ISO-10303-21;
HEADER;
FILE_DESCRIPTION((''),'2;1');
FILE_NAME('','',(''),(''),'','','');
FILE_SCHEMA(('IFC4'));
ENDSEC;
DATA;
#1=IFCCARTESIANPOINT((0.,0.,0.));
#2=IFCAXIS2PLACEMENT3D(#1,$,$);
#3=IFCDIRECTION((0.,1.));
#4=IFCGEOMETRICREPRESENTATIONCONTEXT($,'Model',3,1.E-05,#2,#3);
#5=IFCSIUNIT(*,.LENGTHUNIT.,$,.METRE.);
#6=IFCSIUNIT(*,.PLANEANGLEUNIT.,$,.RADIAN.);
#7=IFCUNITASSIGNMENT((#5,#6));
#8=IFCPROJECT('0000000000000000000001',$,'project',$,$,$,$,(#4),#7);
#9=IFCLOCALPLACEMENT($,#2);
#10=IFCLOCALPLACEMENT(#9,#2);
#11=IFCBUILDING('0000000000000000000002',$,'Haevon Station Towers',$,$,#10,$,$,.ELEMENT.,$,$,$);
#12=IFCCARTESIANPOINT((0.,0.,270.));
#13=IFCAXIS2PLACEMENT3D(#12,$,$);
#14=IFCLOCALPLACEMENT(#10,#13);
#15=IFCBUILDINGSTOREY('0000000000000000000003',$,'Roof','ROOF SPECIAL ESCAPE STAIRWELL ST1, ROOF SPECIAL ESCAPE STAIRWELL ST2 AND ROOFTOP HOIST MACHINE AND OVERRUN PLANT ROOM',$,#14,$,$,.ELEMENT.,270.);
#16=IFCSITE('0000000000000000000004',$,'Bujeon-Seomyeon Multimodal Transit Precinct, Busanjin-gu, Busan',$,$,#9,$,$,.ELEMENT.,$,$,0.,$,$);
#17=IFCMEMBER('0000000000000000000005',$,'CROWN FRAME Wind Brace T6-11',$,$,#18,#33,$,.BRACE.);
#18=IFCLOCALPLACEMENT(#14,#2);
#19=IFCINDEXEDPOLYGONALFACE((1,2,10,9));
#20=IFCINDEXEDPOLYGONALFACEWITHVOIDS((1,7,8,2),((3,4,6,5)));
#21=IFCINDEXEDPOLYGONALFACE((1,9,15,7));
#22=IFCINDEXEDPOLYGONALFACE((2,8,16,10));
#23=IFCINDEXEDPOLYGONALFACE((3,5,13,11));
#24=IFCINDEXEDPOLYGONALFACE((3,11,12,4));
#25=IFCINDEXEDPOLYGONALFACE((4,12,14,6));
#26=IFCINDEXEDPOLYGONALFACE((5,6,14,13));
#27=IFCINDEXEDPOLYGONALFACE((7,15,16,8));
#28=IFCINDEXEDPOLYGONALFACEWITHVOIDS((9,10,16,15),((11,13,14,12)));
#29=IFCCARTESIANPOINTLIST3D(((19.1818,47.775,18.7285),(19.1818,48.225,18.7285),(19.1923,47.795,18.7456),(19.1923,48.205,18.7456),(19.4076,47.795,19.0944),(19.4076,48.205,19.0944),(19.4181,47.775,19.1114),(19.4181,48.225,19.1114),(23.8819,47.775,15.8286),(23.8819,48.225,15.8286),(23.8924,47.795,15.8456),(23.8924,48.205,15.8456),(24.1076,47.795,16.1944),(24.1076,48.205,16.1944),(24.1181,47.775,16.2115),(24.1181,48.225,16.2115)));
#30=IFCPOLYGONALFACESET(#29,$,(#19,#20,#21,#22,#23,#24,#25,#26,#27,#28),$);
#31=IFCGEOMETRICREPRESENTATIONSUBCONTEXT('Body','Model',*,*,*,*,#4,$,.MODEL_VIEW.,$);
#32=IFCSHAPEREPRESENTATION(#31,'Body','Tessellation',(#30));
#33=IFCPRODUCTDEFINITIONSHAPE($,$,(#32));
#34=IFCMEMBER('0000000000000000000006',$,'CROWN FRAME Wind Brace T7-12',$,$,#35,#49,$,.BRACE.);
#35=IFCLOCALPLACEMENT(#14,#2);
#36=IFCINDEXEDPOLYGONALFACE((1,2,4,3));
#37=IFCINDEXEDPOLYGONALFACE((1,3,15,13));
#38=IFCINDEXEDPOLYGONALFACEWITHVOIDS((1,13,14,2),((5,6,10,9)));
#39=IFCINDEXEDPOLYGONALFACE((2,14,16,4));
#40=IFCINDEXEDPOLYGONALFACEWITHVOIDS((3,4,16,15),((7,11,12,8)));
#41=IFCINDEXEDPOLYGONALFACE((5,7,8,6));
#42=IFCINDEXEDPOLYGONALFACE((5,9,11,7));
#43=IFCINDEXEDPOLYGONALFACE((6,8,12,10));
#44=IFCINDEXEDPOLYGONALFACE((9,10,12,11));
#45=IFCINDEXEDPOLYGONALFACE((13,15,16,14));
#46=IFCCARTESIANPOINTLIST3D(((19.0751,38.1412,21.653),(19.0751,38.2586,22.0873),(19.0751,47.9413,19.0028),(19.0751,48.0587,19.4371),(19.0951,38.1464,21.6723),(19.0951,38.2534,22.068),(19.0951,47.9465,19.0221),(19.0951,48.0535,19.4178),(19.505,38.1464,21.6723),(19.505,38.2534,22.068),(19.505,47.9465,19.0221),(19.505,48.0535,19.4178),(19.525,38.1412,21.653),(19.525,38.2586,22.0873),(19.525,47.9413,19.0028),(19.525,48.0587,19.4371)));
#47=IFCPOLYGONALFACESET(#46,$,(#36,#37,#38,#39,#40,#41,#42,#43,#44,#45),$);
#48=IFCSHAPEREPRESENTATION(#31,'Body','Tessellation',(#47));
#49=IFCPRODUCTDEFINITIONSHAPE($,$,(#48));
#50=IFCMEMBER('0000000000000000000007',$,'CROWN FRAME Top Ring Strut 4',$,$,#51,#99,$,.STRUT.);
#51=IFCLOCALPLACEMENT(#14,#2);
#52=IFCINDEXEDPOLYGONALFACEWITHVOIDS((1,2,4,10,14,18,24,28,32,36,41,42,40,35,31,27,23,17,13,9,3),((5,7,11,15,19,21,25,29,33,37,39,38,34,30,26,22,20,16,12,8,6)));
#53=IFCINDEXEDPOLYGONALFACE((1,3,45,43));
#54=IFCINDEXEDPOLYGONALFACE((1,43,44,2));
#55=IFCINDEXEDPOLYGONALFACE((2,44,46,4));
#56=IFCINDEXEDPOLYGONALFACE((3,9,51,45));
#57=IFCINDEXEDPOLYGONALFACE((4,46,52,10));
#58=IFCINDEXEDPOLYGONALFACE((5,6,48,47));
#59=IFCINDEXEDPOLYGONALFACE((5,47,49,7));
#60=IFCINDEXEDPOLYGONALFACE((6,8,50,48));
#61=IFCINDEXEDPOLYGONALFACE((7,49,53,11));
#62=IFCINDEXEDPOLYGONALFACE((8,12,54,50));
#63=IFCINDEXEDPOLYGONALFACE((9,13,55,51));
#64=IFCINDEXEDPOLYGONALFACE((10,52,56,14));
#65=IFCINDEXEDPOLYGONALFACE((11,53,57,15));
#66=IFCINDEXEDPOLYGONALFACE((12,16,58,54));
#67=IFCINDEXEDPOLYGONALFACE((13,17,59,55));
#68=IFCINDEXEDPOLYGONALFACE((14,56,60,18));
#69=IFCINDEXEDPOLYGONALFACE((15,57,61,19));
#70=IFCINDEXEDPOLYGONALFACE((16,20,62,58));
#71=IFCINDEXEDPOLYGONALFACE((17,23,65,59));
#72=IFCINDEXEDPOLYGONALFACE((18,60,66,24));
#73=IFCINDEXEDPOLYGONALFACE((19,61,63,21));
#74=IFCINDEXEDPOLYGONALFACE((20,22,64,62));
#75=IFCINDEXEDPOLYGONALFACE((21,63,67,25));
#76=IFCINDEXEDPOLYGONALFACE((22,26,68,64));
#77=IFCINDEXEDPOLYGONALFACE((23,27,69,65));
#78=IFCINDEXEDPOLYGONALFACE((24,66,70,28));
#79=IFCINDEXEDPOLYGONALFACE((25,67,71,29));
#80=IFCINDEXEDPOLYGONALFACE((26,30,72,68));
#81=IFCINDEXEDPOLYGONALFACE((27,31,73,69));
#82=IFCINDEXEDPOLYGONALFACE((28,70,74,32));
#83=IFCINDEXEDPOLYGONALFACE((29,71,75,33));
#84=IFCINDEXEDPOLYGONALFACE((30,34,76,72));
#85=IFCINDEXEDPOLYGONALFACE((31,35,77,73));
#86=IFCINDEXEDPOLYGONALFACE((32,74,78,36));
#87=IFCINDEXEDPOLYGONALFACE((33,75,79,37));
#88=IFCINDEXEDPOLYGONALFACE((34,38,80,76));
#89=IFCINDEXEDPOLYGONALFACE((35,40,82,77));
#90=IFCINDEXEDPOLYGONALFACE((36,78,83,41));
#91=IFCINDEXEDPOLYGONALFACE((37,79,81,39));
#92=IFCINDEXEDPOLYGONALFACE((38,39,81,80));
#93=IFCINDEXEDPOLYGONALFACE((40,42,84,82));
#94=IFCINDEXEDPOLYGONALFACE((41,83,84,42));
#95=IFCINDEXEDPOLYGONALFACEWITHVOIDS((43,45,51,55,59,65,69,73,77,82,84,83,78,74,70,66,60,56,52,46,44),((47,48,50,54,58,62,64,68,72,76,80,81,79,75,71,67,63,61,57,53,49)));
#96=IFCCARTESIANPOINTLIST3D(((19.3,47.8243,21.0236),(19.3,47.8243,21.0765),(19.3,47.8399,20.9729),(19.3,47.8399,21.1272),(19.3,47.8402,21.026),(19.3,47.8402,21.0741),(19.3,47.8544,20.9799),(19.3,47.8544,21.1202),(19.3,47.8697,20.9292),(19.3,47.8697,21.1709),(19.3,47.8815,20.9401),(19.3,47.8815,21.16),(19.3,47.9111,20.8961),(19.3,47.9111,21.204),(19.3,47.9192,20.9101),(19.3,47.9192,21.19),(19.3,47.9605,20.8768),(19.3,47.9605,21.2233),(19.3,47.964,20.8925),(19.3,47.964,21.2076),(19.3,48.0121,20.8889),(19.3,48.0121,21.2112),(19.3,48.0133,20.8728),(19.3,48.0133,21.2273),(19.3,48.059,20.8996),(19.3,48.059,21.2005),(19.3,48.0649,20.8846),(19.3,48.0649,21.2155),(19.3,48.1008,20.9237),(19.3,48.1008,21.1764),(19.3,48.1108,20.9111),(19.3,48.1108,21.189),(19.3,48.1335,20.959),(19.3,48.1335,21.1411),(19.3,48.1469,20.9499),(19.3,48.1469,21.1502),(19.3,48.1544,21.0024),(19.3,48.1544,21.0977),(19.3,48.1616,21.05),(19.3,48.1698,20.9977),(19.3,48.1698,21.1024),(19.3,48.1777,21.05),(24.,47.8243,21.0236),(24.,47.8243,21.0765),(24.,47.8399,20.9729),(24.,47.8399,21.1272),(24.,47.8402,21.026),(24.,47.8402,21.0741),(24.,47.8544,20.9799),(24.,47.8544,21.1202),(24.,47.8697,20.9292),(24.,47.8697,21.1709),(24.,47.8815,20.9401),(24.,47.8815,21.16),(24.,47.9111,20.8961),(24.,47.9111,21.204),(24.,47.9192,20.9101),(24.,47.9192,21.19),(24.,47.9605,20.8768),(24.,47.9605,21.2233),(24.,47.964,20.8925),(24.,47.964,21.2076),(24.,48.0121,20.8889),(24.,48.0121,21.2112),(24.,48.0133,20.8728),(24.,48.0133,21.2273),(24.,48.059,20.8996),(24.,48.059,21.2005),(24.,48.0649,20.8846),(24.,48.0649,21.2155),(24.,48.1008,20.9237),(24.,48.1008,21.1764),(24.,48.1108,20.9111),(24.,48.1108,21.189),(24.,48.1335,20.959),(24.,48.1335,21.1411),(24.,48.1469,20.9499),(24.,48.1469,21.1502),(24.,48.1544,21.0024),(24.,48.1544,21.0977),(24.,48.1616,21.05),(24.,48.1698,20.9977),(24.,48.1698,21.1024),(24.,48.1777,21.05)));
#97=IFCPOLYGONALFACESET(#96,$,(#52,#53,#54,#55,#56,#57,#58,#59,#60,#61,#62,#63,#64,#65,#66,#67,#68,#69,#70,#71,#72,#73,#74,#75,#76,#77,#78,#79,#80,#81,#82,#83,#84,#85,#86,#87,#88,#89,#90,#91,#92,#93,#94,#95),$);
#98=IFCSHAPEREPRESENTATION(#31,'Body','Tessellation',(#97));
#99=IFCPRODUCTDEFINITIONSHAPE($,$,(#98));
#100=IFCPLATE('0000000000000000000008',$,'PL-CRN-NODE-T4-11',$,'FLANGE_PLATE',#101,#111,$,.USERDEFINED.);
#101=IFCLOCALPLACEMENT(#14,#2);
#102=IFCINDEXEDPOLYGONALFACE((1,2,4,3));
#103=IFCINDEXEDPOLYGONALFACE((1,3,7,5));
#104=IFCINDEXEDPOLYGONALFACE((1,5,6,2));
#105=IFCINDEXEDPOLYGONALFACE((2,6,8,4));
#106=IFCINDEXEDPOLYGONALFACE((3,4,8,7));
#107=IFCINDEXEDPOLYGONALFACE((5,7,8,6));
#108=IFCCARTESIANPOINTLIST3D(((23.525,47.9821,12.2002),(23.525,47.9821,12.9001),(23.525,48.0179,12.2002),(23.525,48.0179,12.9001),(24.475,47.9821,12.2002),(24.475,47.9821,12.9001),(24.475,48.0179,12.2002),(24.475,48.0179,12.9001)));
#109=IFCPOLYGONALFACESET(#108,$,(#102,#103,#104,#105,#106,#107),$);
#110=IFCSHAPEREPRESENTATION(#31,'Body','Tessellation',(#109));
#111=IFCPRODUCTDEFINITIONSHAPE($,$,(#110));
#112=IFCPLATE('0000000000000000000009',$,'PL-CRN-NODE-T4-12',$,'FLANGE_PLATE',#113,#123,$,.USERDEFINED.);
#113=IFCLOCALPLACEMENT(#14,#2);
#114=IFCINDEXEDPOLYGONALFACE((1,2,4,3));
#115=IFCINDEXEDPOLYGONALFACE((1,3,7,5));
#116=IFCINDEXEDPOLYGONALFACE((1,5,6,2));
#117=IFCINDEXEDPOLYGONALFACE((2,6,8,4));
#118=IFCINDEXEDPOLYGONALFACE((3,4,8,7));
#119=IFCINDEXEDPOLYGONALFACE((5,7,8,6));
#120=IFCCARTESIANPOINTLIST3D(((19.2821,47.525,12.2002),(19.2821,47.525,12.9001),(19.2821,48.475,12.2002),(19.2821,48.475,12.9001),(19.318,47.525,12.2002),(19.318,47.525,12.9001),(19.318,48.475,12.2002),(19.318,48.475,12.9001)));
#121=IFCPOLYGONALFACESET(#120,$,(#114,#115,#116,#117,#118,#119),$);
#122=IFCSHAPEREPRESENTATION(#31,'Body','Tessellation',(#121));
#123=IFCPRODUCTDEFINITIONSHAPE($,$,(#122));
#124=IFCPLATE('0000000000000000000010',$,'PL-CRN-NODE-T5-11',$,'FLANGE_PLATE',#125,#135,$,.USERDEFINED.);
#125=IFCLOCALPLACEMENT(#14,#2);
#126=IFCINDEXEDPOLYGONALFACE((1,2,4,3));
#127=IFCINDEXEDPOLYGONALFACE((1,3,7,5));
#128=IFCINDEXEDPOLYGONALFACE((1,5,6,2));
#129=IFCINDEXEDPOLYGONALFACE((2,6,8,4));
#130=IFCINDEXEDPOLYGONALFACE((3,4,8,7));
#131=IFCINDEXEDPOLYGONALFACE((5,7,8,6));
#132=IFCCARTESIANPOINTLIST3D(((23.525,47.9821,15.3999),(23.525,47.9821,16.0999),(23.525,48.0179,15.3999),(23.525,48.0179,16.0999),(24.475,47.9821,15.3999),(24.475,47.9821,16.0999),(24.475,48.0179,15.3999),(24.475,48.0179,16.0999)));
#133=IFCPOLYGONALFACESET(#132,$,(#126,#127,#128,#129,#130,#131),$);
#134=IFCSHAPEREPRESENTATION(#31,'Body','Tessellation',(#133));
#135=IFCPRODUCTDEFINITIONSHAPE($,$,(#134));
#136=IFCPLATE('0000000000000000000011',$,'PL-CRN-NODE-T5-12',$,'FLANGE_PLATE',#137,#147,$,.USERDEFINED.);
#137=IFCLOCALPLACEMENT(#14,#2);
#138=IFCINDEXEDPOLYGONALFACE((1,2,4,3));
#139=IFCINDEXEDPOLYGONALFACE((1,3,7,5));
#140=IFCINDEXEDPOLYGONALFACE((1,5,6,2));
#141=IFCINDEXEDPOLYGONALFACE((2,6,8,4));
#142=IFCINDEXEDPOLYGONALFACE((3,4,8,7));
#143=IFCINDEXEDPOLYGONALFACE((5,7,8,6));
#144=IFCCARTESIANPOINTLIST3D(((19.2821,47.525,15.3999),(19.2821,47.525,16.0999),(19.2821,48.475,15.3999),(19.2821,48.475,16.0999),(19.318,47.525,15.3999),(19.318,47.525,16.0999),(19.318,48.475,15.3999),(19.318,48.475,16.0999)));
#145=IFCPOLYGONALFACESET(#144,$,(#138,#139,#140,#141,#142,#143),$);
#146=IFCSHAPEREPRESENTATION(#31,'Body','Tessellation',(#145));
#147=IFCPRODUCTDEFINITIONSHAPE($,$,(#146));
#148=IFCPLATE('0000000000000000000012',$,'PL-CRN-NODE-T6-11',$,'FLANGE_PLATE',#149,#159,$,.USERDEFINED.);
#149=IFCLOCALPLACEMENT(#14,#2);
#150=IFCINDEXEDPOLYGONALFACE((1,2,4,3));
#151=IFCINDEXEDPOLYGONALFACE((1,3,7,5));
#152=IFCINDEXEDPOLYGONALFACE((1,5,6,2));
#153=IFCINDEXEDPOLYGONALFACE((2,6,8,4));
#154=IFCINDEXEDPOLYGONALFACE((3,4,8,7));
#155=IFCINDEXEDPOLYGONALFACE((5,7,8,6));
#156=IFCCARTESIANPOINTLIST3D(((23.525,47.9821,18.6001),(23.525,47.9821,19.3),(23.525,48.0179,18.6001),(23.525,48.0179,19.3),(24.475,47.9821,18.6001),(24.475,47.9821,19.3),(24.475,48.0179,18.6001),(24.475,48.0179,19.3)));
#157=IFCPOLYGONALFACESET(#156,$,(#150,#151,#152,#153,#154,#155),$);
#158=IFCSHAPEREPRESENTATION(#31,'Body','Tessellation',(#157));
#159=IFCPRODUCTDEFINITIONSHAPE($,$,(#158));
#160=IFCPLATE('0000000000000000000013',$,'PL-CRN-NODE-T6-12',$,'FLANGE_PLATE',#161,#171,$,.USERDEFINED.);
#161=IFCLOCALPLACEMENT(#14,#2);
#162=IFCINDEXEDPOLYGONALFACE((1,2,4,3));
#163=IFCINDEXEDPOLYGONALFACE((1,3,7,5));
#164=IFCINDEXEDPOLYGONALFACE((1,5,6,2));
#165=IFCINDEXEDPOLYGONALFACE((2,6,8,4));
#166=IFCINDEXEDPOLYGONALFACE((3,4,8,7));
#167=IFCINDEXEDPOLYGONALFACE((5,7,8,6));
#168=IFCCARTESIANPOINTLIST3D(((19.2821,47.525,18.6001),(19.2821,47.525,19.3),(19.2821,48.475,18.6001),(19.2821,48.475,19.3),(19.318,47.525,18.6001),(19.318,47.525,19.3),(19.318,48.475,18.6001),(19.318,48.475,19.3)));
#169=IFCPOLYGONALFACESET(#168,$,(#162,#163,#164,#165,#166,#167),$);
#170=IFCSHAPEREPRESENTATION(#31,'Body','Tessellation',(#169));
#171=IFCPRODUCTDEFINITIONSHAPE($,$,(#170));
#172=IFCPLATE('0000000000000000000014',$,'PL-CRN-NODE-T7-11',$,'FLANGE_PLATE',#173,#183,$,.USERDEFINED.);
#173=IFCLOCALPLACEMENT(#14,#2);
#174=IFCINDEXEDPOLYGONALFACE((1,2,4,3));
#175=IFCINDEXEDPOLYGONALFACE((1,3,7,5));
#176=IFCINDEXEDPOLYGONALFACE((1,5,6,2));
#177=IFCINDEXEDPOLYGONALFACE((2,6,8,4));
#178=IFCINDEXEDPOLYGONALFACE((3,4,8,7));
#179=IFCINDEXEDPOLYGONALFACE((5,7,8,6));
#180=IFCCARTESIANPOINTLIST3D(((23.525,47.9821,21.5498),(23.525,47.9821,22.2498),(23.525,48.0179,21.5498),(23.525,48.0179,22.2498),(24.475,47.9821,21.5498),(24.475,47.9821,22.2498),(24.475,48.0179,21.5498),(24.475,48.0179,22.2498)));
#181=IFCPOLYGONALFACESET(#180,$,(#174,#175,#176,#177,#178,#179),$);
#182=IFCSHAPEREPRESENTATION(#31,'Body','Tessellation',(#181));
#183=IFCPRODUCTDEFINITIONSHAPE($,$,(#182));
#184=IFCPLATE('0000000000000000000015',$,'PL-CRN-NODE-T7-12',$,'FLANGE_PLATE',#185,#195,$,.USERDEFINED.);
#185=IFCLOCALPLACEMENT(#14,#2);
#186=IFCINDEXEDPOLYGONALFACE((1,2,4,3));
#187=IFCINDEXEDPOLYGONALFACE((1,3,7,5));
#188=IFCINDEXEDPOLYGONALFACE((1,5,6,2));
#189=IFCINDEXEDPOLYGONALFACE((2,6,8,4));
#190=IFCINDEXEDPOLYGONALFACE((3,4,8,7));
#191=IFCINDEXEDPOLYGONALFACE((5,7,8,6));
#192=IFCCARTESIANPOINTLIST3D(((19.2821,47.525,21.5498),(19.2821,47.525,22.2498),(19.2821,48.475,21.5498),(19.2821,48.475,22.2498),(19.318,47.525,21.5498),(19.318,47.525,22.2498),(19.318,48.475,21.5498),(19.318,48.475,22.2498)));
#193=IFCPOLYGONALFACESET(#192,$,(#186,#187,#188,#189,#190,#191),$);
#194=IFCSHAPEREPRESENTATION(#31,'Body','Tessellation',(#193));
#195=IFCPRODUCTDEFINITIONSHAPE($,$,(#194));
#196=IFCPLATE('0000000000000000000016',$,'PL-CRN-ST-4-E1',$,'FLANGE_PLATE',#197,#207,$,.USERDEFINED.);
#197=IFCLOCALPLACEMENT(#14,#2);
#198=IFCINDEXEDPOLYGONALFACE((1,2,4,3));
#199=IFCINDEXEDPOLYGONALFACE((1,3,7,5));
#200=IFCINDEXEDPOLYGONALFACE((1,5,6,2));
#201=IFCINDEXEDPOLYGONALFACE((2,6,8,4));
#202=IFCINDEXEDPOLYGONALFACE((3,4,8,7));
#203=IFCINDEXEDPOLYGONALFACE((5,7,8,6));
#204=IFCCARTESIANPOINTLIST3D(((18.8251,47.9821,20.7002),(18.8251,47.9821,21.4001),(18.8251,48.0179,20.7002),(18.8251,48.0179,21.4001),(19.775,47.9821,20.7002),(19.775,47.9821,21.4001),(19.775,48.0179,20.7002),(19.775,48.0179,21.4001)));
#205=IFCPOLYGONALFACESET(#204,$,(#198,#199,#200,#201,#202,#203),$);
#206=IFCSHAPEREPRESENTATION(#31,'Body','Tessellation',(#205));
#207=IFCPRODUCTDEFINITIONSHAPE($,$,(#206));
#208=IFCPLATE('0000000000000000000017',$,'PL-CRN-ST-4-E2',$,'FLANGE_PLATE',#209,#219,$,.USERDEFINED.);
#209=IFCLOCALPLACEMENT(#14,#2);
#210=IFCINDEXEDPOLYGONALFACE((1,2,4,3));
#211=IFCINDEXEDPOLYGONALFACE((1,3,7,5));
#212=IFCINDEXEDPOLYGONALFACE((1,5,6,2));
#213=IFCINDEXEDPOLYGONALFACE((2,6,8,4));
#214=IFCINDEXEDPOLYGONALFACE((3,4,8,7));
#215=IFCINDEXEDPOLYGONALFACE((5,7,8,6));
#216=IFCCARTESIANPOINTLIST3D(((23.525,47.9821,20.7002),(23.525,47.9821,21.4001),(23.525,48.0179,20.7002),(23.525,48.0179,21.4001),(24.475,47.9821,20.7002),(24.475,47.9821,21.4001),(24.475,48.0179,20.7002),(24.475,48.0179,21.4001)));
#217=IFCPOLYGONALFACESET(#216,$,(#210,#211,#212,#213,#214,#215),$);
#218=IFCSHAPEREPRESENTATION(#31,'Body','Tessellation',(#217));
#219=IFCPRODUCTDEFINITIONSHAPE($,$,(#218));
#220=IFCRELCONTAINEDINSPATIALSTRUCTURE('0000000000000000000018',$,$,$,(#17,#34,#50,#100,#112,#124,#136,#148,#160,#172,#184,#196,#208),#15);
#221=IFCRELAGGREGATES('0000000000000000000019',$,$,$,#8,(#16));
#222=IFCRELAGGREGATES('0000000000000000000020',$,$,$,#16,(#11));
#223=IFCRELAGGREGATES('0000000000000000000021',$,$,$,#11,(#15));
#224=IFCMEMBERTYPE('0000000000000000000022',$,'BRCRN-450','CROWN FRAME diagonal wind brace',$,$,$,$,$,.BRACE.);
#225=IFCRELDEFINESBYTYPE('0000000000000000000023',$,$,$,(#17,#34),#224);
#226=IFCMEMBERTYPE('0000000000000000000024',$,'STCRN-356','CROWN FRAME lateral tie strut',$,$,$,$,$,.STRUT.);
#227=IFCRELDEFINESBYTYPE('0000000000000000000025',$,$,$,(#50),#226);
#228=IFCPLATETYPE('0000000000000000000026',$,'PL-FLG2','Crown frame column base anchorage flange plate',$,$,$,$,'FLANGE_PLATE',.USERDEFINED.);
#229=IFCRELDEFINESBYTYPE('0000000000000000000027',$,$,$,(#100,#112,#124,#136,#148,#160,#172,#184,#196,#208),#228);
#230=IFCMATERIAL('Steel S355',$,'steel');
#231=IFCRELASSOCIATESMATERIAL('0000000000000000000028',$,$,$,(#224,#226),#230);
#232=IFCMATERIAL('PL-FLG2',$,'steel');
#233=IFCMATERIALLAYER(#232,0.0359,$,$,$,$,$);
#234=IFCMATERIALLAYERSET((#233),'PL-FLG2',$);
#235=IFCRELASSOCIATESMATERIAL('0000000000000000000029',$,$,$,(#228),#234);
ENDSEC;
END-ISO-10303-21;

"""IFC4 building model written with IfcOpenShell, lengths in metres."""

from ifc_helpers import new_model, si_unit, direction, frame, origin, origin_2d, place, context, subcontext, project, spatial, rectangle, hollow_rectangle, hollow_circle, extrude, material, layer, layer_set, material_profile, profile_set, type_object, element, save


model = new_model("IFC4")

# Units and contexts
model_context = context("Model", 3, precision=1e-05, world=origin(), true_north=direction((0.0, 1.0)))
body_context = subcontext(model_context, "Body", "Model", "MODEL_VIEW")
ifc_project = project(units=[si_unit("LENGTHUNIT", "METRE"), si_unit("PLANEANGLEUNIT", "RADIAN")], contexts=[model_context])

# Site, building, storey
site_placement = place(None, origin())
site = spatial("IfcSite", under=ifc_project, at=site_placement, Name="Bujeon-Seomyeon Multimodal Transit Precinct, Busanjin-gu, Busan", CompositionType="ELEMENT", RefElevation=0.0)
building_placement = place(site_placement, origin())
building = spatial("IfcBuilding", under=site, at=building_placement, Name="Haevon Station Towers", CompositionType="ELEMENT")
storey_placement = place(building_placement, frame((0.0, 0.0, 270.0)))
storey = spatial("IfcBuildingStorey", under=building, at=storey_placement, Name="Roof", Description="ROOF SPECIAL ESCAPE STAIRWELL ST1, ROOF SPECIAL ESCAPE STAIRWELL ST2 AND ROOFTOP HOIST MACHINE AND OVERRUN PLANT ROOM", CompositionType="ELEMENT", Elevation=270.0)

# Shared definitions
ifc_material_1 = material(Name="Steel S355", Category="steel")

# Members
ifc_material_profile_1 = material_profile(ifc_material_1, hollow_rectangle(XDim=0.45, YDim=0.45, WallThickness=0.02, at=origin_2d()), Name="RHS-450x450x20")
ifc_profile_set_1 = profile_set([ifc_material_profile_1], Name="Steel S355")
member_type_1 = type_object("IfcMemberType", Name="BRCRN-450", Description="CROWN FRAME diagonal wind brace", PredefinedType="BRACE", material=ifc_profile_set_1)
member_1_placement = place(storey_placement, frame((24.0, 48.0, 16.02), z_axis=(-0.851041, 0.0, 0.525098), x_axis=(0.0, -1.0, 0.0)))
element("IfcMember", 1, at=member_1_placement, inside=storey, type_object=member_type_1, Name="CROWN FRAME Wind Brace T6-11", PredefinedType="BRACE", context=body_context, shape_type="SweptSolid", body=[
    extrude(hollow_rectangle(XDim=0.45, YDim=0.45, WallThickness=0.02, at=origin_2d()), origin(), (0.0, 0.0, 1.0), 5.5227),
])
member_2_placement = place(storey_placement, frame((19.3, 48.0, 19.22), z_axis=(0.0, -0.965327, 0.261045), x_axis=(1.0, 0.0, 0.0)))
element("IfcMember", 2, at=member_2_placement, inside=storey, type_object=member_type_1, Name="CROWN FRAME Wind Brace T7-12", PredefinedType="BRACE", context=body_context, shape_type="SweptSolid", body=[
    extrude(hollow_rectangle(XDim=0.45, YDim=0.45, WallThickness=0.02, at=origin_2d()), origin(), (0.0, 0.0, 1.0), 10.1521),
])
ifc_material_profile_2 = material_profile(ifc_material_1, hollow_circle(Radius=0.1777, WallThickness=0.0161, at=origin_2d()), Name="CHS-355.6x16")
ifc_profile_set_2 = profile_set([ifc_material_profile_2], Name="Steel S355")
member_type_2 = type_object("IfcMemberType", Name="STCRN-356", Description="CROWN FRAME lateral tie strut", PredefinedType="STRUT", material=ifc_profile_set_2)
member_3_placement = place(storey_placement, frame((19.3, 48.0, 21.05), z_axis=(1.0, 0.0, 0.0), x_axis=(0.0, 1.0, 0.0)))
element("IfcMember", 3, at=member_3_placement, inside=storey, type_object=member_type_2, Name="CROWN FRAME Top Ring Strut 4", PredefinedType="STRUT", context=body_context, shape_type="SweptSolid", body=[
    extrude(hollow_circle(Radius=0.1777, WallThickness=0.0161, at=origin_2d()), origin(), (0.0, 0.0, 1.0), 4.7),
])

# Plates
ifc_material_2 = material(Name="PL-FLG2", Category="steel")
ifc_layer_1 = layer(ifc_material_2, 0.0359)
ifc_layer_set_1 = layer_set([ifc_layer_1], Name="PL-FLG2")
plate_type = type_object("IfcPlateType", Name="PL-FLG2", Description="Crown frame column base anchorage flange plate", ElementType="FLANGE_PLATE", PredefinedType="USERDEFINED", material=ifc_layer_set_1)
for number, where, z_axis, x_axis, name in (
    (4, (24.0, 48.0, 12.2002), (0.0, 0.0, 1.0), (-1.0, 0.0, 0.0), "PL-CRN-NODE-T4-11"),
    (5, (19.3, 48.0, 12.2002), (0.0, 0.0, 1.0), (0.0, -1.0, 0.0), "PL-CRN-NODE-T4-12"),
    (6, (24.0, 48.0, 15.3999), (0.0, 0.0, 1.0), (-1.0, 0.0, 0.0), "PL-CRN-NODE-T5-11"),
    (7, (19.3, 48.0, 15.3999), (0.0, 0.0, 1.0), (0.0, -1.0, 0.0), "PL-CRN-NODE-T5-12"),
    (8, (24.0, 48.0, 18.6001), (0.0, 0.0, 1.0), (-1.0, 0.0, 0.0), "PL-CRN-NODE-T6-11"),
    (9, (19.3, 48.0, 18.6001), (0.0, 0.0, 1.0), (0.0, -1.0, 0.0), "PL-CRN-NODE-T6-12"),
    (10, (24.0, 48.0, 21.5498), (0.0, 0.0, 1.0), (-1.0, 0.0, 0.0), "PL-CRN-NODE-T7-11"),
    (11, (19.3, 48.0, 21.5498), (0.0, 0.0, 1.0), (0.0, -1.0, 0.0), "PL-CRN-NODE-T7-12"),
    (12, (19.3, 48.0, 20.7002), (0.0, 0.0, 1.0), (1.0, 0.0, 0.0), "PL-CRN-ST-4-E1"),
    (13, (24.0, 48.0, 20.7002), (0.0, 0.0, 1.0), (1.0, 0.0, 0.0), "PL-CRN-ST-4-E2"),
):
    element("IfcPlate", number, at=place(storey_placement, frame(where, z_axis=z_axis, x_axis=x_axis)), inside=storey, type_object=plate_type, Name=name, ObjectType="FLANGE_PLATE", PredefinedType="USERDEFINED", context=body_context, shape_type="SweptSolid", body=[
        extrude(rectangle(XDim=0.95, YDim=0.0359, at=origin_2d()), origin(), (0.0, 0.0, 1.0), 0.7),
    ])

save(model, "model.ifc")
